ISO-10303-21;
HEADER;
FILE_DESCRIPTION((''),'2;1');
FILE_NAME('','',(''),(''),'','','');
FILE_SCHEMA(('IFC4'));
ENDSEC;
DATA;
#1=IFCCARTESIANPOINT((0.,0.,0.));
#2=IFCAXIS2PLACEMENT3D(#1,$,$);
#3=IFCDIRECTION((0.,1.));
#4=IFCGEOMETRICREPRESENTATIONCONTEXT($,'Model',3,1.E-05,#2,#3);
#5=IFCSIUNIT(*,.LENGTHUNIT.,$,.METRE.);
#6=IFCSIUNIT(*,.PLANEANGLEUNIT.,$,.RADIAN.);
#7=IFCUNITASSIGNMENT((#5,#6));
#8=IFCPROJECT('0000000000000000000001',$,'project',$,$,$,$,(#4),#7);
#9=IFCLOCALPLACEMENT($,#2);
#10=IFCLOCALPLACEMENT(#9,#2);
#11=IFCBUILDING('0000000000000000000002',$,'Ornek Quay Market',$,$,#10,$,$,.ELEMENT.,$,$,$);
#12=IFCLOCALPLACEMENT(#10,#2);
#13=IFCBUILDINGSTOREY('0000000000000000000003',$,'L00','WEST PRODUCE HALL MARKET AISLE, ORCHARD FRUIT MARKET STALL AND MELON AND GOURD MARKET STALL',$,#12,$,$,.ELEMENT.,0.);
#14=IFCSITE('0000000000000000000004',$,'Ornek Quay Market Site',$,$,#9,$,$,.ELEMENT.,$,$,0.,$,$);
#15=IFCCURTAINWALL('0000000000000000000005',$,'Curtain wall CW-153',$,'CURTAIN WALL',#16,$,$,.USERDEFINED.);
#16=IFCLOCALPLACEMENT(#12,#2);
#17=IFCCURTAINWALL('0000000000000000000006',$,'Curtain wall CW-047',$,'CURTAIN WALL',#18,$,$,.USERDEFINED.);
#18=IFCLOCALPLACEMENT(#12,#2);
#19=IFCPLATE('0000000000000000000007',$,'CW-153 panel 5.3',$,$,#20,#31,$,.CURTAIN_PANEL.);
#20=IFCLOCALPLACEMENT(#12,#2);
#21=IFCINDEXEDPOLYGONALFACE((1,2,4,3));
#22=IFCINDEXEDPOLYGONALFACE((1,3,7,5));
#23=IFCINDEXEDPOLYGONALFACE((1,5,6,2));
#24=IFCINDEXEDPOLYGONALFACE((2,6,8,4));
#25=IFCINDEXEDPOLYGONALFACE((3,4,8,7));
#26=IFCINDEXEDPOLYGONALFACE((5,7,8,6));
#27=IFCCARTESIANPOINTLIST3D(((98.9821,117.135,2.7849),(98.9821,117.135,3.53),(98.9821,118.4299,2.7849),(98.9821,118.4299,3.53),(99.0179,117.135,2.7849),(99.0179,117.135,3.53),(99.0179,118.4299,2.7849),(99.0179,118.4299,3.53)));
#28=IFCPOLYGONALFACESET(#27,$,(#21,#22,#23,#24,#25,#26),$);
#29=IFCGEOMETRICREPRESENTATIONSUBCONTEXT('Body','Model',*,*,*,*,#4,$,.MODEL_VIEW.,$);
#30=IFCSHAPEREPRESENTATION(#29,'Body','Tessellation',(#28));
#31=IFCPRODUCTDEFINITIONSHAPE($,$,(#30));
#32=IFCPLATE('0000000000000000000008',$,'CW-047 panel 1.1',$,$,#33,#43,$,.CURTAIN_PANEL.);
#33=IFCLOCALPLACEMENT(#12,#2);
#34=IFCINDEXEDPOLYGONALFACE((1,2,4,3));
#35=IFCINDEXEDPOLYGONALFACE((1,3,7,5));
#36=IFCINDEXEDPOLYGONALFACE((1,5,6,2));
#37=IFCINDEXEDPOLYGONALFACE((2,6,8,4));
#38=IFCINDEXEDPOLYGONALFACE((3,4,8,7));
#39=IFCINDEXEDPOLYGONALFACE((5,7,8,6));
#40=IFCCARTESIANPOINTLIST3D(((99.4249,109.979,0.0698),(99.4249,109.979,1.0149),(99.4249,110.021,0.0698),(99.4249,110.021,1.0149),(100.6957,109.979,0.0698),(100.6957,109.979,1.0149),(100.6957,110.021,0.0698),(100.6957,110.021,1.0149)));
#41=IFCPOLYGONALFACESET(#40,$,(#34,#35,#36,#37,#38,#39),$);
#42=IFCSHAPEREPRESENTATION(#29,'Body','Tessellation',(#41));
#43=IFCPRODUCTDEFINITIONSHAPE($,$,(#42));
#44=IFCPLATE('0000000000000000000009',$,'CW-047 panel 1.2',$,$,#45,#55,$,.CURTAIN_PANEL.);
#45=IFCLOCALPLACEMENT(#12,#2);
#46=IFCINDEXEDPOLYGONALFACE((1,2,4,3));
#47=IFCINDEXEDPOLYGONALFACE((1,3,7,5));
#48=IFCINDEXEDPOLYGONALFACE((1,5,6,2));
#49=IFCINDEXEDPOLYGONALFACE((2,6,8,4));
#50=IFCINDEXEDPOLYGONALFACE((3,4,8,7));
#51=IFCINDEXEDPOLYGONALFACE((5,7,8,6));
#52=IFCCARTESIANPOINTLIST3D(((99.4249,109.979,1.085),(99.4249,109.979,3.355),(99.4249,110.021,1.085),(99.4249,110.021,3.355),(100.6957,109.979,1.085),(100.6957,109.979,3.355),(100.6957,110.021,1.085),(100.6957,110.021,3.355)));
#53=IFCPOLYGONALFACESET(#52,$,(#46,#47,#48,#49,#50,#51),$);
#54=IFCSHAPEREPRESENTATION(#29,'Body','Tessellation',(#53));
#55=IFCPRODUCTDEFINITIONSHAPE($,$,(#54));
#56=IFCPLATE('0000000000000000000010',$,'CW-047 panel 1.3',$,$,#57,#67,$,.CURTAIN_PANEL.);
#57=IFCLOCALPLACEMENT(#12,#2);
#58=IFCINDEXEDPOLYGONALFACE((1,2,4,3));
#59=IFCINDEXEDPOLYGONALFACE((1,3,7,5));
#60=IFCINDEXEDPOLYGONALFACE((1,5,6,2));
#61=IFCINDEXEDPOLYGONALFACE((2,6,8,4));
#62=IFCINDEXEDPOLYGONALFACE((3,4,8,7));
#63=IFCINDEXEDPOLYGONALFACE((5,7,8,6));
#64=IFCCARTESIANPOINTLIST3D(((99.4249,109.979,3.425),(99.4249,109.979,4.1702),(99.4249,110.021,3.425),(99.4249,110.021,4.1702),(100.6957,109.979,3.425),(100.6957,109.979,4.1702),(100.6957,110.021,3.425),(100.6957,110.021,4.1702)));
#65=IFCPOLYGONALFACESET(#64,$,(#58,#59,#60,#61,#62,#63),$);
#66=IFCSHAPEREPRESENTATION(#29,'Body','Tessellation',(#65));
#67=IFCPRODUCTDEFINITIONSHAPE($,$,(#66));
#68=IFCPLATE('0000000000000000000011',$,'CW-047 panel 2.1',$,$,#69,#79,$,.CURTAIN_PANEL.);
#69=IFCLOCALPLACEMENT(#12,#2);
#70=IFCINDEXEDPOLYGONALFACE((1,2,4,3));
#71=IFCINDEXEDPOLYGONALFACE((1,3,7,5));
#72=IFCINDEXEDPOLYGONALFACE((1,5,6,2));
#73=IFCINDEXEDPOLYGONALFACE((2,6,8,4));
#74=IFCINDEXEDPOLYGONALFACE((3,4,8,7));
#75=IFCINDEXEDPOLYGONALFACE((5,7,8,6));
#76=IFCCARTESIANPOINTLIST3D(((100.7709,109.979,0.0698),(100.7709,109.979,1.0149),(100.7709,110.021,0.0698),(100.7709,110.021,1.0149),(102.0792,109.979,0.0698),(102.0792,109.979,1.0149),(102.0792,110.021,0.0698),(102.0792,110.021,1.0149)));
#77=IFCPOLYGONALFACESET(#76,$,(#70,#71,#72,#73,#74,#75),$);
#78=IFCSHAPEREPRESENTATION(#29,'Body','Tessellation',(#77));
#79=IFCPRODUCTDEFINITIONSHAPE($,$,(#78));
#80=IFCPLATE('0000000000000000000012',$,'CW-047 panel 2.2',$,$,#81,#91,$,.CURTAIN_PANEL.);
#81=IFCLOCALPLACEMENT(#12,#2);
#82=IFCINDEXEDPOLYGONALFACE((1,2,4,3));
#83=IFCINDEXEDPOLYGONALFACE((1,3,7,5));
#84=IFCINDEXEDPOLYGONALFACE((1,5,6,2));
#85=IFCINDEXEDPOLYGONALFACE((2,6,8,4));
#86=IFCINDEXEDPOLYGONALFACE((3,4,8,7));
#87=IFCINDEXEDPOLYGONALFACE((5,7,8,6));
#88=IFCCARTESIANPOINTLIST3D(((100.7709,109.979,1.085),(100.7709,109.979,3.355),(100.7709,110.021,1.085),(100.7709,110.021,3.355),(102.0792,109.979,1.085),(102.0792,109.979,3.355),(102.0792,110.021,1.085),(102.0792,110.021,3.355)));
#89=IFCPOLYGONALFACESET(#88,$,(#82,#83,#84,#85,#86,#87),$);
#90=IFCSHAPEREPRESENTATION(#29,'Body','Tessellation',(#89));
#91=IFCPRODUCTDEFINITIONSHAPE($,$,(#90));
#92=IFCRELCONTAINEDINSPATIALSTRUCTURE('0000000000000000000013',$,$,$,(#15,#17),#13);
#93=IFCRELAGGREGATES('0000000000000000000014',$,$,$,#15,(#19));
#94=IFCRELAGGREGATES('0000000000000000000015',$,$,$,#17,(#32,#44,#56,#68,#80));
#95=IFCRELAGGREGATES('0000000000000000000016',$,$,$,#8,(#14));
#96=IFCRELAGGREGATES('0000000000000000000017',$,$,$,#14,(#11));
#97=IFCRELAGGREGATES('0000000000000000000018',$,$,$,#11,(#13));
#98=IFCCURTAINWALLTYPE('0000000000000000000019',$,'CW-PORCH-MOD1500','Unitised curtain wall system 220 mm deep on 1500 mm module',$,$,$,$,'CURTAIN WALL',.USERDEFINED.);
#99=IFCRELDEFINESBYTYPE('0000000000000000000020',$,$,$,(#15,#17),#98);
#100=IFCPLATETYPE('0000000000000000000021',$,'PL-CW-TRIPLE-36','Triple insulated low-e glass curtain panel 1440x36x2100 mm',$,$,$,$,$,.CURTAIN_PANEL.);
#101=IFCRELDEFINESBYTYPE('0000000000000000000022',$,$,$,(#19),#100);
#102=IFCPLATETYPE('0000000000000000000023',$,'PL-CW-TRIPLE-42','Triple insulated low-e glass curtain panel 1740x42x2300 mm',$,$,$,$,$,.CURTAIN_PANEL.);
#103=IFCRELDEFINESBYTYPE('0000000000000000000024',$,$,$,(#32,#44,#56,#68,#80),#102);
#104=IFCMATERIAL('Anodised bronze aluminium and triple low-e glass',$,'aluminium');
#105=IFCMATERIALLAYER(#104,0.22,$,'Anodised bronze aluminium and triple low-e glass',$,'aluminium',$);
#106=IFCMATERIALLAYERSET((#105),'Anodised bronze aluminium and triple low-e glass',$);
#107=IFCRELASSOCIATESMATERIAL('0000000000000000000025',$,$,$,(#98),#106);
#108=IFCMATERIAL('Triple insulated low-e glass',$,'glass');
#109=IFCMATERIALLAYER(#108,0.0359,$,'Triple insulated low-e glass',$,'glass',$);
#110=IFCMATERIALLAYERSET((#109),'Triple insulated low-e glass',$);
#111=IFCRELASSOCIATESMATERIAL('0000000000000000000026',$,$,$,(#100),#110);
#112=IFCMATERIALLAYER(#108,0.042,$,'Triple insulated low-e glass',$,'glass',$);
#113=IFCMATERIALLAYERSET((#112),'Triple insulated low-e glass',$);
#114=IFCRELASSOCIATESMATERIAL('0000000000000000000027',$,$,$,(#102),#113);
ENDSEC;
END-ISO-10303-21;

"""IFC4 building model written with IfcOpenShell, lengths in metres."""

from ifc_helpers import new_model, si_unit, direction, frame, origin, origin_2d, place, context, subcontext, project, spatial, rectangle, extrude, material, layer, layer_set, type_object, element, aggregate, save


model = new_model("IFC4")

# Units and contexts
model_context = context("Model", 3, precision=1e-05, world=origin(), true_north=direction((0.0, 1.0)))
body_context = subcontext(model_context, "Body", "Model", "MODEL_VIEW")
ifc_project = project(units=[si_unit("LENGTHUNIT", "METRE"), si_unit("PLANEANGLEUNIT", "RADIAN")], contexts=[model_context])

# Site, building, storey
site_placement = place(None, origin())
site = spatial("IfcSite", under=ifc_project, at=site_placement, Name="Ornek Quay Market Site", CompositionType="ELEMENT", RefElevation=0.0)
building_placement = place(site_placement, origin())
building = spatial("IfcBuilding", under=site, at=building_placement, Name="Ornek Quay Market", CompositionType="ELEMENT")
storey_placement = place(building_placement, origin())
storey = spatial("IfcBuildingStorey", under=building, at=storey_placement, Name="L00", Description="WEST PRODUCE HALL MARKET AISLE, ORCHARD FRUIT MARKET STALL AND MELON AND GOURD MARKET STALL", CompositionType="ELEMENT", Elevation=0.0)

# Curtain walls
ifc_material_1 = material(Name="Anodised bronze aluminium and triple low-e glass", Category="aluminium")
ifc_layer_1 = layer(ifc_material_1, 0.22, Name="Anodised bronze aluminium and triple low-e glass", Category="aluminium")
ifc_layer_set_1 = layer_set([ifc_layer_1], Name="Anodised bronze aluminium and triple low-e glass")
curtain_wall_type = type_object("IfcCurtainWallType", Name="CW-PORCH-MOD1500", Description="Unitised curtain wall system 220 mm deep on 1500 mm module", ElementType="CURTAIN WALL", PredefinedType="USERDEFINED", material=ifc_layer_set_1)
curtain_wall_1_placement = place(storey_placement, origin())
curtain_wall_1 = element("IfcCurtainWall", 1, at=curtain_wall_1_placement, inside=storey, type_object=curtain_wall_type, Name="Curtain wall CW-153", ObjectType="CURTAIN WALL", PredefinedType="USERDEFINED")
curtain_wall_2_placement = place(storey_placement, origin())
curtain_wall_2 = element("IfcCurtainWall", 2, at=curtain_wall_2_placement, inside=storey, type_object=curtain_wall_type, Name="Curtain wall CW-047", ObjectType="CURTAIN WALL", PredefinedType="USERDEFINED")

# Plates
ifc_material_2 = material(Name="Triple insulated low-e glass", Category="glass")
ifc_layer_2 = layer(ifc_material_2, 0.0359, Name="Triple insulated low-e glass", Category="glass")
ifc_layer_set_2 = layer_set([ifc_layer_2], Name="Triple insulated low-e glass")
plate_type_1 = type_object("IfcPlateType", Name="PL-CW-TRIPLE-36", Description="Triple insulated low-e glass curtain panel 1440x36x2100 mm", PredefinedType="CURTAIN_PANEL", material=ifc_layer_set_2)
plate_1_placement = place(storey_placement, frame((99.0, 117.7825, 2.7849), z_axis=(0.0, 0.0, 1.0), x_axis=(0.0, 1.0, 0.0)))
plate_1 = element("IfcPlate", 3, at=plate_1_placement, type_object=plate_type_1, Name="CW-153 panel 5.3", PredefinedType="CURTAIN_PANEL", context=body_context, shape_type="SweptSolid", body=[
    extrude(rectangle(XDim=1.2949, YDim=0.0359, at=origin_2d()), origin(), (0.0, 0.0, 1.0), 0.7451),
])
aggregate(curtain_wall_1, [plate_1])
ifc_layer_3 = layer(ifc_material_2, 0.042, Name="Triple insulated low-e glass", Category="glass")
ifc_layer_set_3 = layer_set([ifc_layer_3], Name="Triple insulated low-e glass")
plate_type_2 = type_object("IfcPlateType", Name="PL-CW-TRIPLE-42", Description="Triple insulated low-e glass curtain panel 1740x42x2300 mm", PredefinedType="CURTAIN_PANEL", material=ifc_layer_set_3)
plate_2_placement = place(storey_placement, frame((100.0603, 110.0, 0.0698), z_axis=(0.0, 0.0, 1.0), x_axis=(1.0, 0.0, 0.0)))
plate_2 = element("IfcPlate", 4, at=plate_2_placement, type_object=plate_type_2, Name="CW-047 panel 1.1", PredefinedType="CURTAIN_PANEL", context=body_context, shape_type="SweptSolid", body=[
    extrude(rectangle(XDim=1.2708, YDim=0.042, at=origin_2d()), origin(), (0.0, 0.0, 1.0), 0.9451),
])
plate_3_placement = place(storey_placement, frame((100.0603, 110.0, 1.085), z_axis=(0.0, 0.0, 1.0), x_axis=(1.0, 0.0, 0.0)))
plate_3 = element("IfcPlate", 5, at=plate_3_placement, type_object=plate_type_2, Name="CW-047 panel 1.2", PredefinedType="CURTAIN_PANEL", context=body_context, shape_type="SweptSolid", body=[
    extrude(rectangle(XDim=1.2708, YDim=0.042, at=origin_2d()), origin(), (0.0, 0.0, 1.0), 2.27),
])
plate_4_placement = place(storey_placement, frame((100.0603, 110.0, 3.425), z_axis=(0.0, 0.0, 1.0), x_axis=(1.0, 0.0, 0.0)))
plate_4 = element("IfcPlate", 6, at=plate_4_placement, type_object=plate_type_2, Name="CW-047 panel 1.3", PredefinedType="CURTAIN_PANEL", context=body_context, shape_type="SweptSolid", body=[
    extrude(rectangle(XDim=1.2708, YDim=0.042, at=origin_2d()), origin(), (0.0, 0.0, 1.0), 0.7451),
])
plate_5_placement = place(storey_placement, frame((101.425, 110.0, 0.0698), z_axis=(0.0, 0.0, 1.0), x_axis=(1.0, 0.0, 0.0)))
plate_5 = element("IfcPlate", 7, at=plate_5_placement, type_object=plate_type_2, Name="CW-047 panel 2.1", PredefinedType="CURTAIN_PANEL", context=body_context, shape_type="SweptSolid", body=[
    extrude(rectangle(XDim=1.3083, YDim=0.042, at=origin_2d()), origin(), (0.0, 0.0, 1.0), 0.9451),
])
plate_6_placement = place(storey_placement, frame((101.425, 110.0, 1.085), z_axis=(0.0, 0.0, 1.0), x_axis=(1.0, 0.0, 0.0)))
plate_6 = element("IfcPlate", 8, at=plate_6_placement, type_object=plate_type_2, Name="CW-047 panel 2.2", PredefinedType="CURTAIN_PANEL", context=body_context, shape_type="SweptSolid", body=[
    extrude(rectangle(XDim=1.3083, YDim=0.042, at=origin_2d()), origin(), (0.0, 0.0, 1.0), 2.27),
])
aggregate(curtain_wall_2, [plate_2, plate_3, plate_4, plate_5, plate_6])

save(model, "model.ifc")
